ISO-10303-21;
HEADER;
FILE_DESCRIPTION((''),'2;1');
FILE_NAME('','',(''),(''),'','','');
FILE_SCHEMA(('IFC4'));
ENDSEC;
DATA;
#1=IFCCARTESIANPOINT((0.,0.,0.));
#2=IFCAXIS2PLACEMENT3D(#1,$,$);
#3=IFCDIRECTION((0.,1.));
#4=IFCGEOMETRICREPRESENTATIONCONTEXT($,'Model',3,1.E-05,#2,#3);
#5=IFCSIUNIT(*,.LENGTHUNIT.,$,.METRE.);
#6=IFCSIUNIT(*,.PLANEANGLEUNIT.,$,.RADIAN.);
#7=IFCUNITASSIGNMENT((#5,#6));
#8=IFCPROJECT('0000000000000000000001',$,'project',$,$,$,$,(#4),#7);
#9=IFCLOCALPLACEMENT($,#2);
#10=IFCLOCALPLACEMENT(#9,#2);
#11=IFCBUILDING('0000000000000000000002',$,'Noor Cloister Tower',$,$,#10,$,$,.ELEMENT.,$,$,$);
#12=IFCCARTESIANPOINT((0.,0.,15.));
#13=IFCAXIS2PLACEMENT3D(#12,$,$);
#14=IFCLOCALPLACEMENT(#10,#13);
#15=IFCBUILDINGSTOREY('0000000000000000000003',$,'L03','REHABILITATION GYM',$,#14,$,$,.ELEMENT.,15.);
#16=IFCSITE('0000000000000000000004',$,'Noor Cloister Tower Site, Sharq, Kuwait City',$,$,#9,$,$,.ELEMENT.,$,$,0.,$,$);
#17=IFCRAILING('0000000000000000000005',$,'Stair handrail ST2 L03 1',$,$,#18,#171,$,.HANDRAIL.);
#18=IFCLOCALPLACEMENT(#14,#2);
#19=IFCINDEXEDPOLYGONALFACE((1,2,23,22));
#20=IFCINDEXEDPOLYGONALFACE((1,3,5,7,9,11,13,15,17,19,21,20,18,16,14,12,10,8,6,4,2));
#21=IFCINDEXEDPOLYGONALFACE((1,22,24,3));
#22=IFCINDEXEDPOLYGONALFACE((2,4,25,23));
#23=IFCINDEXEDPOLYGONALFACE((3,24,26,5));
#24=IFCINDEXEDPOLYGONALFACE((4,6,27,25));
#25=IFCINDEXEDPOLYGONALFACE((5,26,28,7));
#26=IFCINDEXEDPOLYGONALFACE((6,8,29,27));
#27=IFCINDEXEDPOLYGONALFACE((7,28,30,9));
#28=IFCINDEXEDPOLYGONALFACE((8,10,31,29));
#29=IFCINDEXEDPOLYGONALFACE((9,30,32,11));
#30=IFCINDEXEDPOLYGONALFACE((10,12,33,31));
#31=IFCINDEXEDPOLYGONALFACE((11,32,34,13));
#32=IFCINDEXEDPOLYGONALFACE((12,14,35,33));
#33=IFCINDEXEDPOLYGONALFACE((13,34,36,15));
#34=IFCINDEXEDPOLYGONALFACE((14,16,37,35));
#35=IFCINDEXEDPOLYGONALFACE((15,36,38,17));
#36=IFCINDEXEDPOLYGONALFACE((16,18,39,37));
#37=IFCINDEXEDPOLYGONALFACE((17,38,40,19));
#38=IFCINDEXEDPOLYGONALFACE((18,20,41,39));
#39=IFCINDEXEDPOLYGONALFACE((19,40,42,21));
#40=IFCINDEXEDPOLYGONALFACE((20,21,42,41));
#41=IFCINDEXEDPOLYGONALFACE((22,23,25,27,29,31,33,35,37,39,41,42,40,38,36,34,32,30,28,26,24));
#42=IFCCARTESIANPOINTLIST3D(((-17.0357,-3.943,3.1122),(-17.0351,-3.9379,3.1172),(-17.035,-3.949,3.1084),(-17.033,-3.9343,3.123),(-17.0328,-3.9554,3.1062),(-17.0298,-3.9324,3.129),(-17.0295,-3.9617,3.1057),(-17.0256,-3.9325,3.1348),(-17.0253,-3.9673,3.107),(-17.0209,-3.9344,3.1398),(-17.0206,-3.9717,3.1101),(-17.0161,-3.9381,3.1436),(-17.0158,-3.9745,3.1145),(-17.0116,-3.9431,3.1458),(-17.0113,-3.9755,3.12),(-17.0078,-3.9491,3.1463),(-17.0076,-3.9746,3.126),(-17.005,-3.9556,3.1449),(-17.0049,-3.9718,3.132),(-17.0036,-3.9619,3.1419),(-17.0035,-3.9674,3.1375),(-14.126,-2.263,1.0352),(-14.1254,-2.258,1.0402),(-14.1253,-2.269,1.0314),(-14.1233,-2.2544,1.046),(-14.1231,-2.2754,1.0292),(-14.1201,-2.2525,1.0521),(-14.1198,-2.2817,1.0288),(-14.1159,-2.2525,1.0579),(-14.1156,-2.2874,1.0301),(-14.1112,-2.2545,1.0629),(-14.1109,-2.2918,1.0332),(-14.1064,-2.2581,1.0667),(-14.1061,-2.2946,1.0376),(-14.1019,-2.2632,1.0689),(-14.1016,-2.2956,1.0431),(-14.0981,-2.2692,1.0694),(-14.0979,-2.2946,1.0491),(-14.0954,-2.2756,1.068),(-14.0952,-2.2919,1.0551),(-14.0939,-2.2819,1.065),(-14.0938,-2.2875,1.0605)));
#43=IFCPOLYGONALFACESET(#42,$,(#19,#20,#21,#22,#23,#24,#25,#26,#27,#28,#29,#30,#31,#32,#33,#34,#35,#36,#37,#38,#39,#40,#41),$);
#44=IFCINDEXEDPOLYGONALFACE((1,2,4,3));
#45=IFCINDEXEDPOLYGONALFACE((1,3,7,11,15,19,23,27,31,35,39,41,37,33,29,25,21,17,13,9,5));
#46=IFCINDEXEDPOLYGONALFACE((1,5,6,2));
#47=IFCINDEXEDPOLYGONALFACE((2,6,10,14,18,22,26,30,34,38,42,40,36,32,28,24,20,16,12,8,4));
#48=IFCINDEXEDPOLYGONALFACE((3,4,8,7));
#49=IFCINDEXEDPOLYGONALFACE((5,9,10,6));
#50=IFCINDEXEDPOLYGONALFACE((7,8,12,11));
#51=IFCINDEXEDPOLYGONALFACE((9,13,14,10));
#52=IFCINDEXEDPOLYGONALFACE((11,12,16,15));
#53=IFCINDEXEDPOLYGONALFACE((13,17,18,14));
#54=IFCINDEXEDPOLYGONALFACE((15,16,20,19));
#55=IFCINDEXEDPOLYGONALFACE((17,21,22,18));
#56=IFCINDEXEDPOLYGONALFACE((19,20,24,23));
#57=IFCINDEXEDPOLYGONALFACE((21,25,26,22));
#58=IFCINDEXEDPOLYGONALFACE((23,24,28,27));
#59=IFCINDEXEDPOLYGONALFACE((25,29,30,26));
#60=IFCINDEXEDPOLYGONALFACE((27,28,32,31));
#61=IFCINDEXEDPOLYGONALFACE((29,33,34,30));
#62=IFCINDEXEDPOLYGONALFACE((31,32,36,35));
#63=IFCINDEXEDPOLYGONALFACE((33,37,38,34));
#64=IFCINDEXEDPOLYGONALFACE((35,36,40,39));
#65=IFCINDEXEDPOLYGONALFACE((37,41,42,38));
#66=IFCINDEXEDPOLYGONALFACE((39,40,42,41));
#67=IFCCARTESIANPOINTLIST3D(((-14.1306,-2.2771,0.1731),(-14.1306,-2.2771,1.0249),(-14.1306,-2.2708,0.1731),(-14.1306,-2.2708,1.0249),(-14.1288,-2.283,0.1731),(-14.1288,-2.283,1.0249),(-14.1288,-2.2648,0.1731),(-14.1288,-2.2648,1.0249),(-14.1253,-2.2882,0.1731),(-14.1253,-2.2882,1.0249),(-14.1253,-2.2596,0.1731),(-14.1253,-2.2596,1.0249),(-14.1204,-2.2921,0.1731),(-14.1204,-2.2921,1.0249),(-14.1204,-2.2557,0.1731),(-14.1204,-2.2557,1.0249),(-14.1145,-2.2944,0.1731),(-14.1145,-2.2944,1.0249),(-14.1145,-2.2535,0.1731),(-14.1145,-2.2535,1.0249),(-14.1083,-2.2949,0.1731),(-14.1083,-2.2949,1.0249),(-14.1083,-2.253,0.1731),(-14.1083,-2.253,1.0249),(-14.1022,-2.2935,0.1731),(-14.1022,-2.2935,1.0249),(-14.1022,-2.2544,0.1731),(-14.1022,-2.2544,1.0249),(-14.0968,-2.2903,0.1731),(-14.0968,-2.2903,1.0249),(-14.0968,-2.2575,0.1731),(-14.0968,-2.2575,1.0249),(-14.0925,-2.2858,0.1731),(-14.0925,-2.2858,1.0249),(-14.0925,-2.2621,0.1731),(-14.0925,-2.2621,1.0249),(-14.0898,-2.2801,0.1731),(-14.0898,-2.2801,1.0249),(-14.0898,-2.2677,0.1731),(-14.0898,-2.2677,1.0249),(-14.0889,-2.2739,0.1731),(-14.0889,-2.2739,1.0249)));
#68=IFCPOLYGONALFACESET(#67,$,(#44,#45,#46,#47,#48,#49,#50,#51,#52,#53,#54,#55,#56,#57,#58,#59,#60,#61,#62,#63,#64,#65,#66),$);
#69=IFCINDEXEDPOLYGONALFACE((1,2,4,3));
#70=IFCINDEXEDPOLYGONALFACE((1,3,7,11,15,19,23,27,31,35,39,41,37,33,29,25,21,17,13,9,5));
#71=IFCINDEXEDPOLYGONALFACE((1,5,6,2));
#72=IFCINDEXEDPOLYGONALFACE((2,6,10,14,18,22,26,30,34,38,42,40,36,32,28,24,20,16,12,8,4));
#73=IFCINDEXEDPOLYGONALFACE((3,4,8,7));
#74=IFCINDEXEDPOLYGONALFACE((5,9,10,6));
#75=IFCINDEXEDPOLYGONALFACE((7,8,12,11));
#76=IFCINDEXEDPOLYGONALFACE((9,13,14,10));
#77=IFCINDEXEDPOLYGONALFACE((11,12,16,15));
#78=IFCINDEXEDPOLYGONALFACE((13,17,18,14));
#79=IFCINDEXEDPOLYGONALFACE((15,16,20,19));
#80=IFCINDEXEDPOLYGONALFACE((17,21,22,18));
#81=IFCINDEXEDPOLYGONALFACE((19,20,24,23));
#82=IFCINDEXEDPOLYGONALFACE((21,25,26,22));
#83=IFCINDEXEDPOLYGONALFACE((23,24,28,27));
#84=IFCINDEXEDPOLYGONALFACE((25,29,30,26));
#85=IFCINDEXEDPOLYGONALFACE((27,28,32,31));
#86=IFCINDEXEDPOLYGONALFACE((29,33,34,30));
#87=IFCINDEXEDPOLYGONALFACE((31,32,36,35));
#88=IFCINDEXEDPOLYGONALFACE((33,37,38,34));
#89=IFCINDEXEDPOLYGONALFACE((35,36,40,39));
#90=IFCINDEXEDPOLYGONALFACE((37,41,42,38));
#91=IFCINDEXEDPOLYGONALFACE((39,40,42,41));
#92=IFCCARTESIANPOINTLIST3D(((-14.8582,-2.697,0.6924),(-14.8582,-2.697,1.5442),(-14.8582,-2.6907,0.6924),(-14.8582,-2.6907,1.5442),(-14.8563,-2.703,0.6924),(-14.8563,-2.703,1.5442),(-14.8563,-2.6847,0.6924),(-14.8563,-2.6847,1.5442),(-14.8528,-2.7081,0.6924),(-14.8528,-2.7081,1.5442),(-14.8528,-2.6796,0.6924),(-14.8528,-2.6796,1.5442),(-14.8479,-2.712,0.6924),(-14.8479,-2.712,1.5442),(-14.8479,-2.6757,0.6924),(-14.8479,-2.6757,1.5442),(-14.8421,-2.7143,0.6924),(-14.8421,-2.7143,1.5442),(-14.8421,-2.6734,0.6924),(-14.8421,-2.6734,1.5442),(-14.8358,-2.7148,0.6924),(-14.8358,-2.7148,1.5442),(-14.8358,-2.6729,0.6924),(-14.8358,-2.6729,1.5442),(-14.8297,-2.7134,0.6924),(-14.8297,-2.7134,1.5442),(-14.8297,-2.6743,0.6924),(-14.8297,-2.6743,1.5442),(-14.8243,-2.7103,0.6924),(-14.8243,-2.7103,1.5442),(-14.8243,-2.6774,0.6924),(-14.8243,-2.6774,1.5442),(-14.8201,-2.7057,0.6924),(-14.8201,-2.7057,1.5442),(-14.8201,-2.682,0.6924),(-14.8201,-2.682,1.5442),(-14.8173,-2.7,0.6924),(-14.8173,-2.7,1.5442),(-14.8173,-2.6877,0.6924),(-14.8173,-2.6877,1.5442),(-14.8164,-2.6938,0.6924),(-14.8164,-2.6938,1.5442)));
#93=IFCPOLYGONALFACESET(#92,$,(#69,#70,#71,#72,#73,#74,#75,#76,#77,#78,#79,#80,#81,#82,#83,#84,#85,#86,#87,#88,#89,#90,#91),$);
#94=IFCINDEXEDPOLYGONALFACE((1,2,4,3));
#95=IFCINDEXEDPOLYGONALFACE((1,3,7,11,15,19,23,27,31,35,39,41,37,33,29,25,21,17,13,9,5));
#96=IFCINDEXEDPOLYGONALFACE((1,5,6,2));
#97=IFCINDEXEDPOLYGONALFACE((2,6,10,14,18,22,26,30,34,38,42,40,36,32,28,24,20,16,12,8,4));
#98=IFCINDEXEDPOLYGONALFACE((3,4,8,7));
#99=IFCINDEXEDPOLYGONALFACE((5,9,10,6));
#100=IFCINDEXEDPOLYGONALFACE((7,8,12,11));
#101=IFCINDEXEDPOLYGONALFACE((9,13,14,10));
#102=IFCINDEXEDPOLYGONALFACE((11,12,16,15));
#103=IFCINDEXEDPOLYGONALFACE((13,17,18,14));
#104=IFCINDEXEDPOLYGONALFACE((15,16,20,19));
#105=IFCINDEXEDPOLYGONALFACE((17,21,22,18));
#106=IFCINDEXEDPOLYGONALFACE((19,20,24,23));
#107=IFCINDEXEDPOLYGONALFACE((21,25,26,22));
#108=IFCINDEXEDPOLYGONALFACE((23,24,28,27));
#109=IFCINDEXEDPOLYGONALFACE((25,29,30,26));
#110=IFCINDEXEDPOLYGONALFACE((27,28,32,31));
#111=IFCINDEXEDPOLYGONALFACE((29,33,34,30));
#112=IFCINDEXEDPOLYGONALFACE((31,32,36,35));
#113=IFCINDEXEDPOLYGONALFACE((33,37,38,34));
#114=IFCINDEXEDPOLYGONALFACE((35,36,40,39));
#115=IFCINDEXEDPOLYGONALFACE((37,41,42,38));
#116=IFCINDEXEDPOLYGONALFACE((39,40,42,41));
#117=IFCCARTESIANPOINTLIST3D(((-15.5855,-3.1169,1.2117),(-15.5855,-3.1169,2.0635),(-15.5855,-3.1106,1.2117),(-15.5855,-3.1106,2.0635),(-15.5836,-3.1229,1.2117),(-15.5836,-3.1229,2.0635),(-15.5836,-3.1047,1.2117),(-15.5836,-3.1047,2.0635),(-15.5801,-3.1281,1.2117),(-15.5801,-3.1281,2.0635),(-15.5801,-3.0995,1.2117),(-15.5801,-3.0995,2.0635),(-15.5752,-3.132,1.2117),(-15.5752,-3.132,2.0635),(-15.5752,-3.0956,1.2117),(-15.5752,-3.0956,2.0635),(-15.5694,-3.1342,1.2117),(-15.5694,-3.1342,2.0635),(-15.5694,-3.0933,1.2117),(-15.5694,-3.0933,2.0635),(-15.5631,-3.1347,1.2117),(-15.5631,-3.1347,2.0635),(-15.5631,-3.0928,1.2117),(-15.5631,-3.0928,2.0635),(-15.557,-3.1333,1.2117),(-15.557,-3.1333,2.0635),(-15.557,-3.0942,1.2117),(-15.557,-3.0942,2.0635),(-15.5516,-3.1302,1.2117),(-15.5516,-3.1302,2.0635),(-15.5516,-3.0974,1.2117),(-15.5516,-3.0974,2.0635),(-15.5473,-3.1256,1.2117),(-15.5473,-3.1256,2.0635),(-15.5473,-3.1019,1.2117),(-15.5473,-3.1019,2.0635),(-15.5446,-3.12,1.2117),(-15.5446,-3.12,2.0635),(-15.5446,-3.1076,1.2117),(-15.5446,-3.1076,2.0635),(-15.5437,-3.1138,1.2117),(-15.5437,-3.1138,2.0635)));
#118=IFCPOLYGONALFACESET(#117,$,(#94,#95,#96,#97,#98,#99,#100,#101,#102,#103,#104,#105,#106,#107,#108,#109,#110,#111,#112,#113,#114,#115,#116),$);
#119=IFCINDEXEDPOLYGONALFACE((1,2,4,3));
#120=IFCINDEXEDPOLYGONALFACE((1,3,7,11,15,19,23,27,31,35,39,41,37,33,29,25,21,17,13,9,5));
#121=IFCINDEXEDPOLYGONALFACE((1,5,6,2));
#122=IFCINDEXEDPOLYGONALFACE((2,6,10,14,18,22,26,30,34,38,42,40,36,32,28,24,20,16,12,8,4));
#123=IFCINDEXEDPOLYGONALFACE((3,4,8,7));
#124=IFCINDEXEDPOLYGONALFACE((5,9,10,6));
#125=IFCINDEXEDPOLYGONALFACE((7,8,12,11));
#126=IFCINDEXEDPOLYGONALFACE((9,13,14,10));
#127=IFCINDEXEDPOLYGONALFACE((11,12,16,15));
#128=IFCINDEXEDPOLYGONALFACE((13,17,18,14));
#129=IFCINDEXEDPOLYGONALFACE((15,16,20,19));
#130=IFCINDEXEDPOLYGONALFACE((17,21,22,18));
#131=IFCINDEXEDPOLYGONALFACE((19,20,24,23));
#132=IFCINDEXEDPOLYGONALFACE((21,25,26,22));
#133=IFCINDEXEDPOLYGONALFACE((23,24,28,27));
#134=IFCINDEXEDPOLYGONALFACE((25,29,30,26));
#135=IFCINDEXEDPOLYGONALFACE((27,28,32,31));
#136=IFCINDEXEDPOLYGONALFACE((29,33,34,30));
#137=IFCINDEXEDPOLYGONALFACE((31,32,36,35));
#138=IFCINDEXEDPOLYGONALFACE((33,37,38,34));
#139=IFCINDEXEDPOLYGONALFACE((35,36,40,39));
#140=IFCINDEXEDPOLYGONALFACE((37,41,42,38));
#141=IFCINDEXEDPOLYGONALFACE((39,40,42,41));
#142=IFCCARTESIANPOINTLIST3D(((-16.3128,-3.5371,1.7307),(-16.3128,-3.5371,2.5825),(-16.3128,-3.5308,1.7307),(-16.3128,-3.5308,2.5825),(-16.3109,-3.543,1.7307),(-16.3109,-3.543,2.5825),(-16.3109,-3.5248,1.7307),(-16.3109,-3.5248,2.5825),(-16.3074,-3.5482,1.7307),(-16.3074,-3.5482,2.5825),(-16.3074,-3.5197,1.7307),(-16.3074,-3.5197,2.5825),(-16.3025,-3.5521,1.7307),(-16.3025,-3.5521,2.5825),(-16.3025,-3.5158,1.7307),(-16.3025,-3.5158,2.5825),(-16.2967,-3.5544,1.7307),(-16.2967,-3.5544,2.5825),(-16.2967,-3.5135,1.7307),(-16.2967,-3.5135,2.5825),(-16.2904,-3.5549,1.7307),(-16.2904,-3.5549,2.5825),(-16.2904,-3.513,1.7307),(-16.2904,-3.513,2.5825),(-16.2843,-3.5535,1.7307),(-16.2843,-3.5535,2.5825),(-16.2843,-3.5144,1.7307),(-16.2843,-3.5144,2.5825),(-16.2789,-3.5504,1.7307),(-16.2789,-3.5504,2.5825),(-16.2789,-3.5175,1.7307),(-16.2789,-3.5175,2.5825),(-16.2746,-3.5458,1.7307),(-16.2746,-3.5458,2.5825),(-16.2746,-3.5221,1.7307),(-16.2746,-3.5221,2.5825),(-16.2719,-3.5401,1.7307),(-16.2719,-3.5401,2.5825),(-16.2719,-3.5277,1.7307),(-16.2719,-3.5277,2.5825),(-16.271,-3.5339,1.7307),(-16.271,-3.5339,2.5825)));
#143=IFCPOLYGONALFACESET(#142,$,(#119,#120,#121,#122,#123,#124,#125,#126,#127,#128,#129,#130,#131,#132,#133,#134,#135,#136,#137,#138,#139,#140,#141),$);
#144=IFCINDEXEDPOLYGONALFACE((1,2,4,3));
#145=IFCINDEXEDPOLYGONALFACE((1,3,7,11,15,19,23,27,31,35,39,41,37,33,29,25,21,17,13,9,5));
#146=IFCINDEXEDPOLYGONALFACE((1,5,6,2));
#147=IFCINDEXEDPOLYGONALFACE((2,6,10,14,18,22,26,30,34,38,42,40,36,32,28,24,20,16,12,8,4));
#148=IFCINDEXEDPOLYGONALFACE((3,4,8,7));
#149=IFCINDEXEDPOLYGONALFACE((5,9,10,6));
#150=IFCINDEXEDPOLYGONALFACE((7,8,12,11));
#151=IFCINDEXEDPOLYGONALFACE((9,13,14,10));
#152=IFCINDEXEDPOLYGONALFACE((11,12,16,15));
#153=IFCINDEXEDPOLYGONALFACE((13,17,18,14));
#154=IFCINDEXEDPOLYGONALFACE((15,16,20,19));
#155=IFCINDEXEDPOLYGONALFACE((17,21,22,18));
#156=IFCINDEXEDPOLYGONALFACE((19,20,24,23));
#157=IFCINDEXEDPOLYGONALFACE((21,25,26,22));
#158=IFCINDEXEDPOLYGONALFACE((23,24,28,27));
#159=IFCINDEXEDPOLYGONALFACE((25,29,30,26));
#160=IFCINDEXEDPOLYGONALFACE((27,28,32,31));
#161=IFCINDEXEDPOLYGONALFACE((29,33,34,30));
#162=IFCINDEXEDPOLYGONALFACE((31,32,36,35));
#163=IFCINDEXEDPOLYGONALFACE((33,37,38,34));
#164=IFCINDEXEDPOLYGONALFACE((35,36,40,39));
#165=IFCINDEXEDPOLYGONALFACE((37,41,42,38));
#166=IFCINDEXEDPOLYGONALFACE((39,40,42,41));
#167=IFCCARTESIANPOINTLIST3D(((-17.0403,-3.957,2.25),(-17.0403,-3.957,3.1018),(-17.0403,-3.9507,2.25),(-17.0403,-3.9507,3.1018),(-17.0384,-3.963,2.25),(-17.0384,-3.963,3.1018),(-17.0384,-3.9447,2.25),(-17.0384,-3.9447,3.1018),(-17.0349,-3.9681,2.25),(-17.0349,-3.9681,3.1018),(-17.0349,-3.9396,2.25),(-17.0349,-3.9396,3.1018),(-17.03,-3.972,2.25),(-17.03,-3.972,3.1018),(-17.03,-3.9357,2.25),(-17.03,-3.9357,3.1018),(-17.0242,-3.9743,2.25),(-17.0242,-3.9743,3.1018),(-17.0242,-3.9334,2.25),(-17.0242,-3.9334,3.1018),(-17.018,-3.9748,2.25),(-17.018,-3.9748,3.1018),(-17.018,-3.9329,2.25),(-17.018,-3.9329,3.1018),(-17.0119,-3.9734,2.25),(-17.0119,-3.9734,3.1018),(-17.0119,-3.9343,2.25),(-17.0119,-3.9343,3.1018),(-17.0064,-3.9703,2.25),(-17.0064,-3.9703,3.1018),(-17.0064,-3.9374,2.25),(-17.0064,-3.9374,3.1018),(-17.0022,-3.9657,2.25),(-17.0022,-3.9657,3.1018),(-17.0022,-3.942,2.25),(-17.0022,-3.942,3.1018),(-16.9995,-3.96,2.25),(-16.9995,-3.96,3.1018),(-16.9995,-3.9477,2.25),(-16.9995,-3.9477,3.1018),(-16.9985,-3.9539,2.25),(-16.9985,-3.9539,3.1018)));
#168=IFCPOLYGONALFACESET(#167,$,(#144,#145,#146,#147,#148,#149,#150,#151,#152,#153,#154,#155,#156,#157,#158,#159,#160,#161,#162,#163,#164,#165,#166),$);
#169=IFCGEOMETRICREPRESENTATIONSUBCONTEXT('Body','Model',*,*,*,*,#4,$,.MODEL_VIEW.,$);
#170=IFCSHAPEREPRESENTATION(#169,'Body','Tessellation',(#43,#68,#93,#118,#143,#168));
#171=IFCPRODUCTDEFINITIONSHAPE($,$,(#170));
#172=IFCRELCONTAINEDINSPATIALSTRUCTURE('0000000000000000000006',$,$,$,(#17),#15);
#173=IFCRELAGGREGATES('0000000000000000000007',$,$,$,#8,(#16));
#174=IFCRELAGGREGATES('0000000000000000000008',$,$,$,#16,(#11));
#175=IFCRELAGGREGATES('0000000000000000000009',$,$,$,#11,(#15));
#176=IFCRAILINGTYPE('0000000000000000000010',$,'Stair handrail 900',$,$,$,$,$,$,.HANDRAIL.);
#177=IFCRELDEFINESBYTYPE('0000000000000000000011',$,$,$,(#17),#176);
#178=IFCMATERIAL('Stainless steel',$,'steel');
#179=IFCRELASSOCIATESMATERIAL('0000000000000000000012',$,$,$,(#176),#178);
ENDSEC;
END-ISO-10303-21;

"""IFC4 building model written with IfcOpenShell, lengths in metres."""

from ifc_helpers import new_model, si_unit, direction, frame, origin, origin_2d, place, context, subcontext, project, spatial, circle, extrude, material, type_object, element, save


model = new_model("IFC4")

# Units and contexts
model_context = context("Model", 3, precision=1e-05, world=origin(), true_north=direction((0.0, 1.0)))
body_context = subcontext(model_context, "Body", "Model", "MODEL_VIEW")
ifc_project = project(units=[si_unit("LENGTHUNIT", "METRE"), si_unit("PLANEANGLEUNIT", "RADIAN")], contexts=[model_context])

# Site, building, storey
site_placement = place(None, origin())
site = spatial("IfcSite", under=ifc_project, at=site_placement, Name="Noor Cloister Tower Site, Sharq, Kuwait City", CompositionType="ELEMENT", RefElevation=0.0)
building_placement = place(site_placement, origin())
building = spatial("IfcBuilding", under=site, at=building_placement, Name="Noor Cloister Tower", CompositionType="ELEMENT")
storey_placement = place(building_placement, frame((0.0, 0.0, 15.0)))
storey = spatial("IfcBuildingStorey", under=building, at=storey_placement, Name="L03", Description="REHABILITATION GYM", CompositionType="ELEMENT", Elevation=15.0)

# Railing
ifc_material_1 = material(Name="Stainless steel", Category="steel")
railing_type = type_object("IfcRailingType", Name="Stair handrail 900", PredefinedType="HANDRAIL", material=ifc_material_1)
railing_placement = place(storey_placement, frame((-14.1099, -2.2739, 0.1731)))
element("IfcRailing", 1, at=railing_placement, inside=storey, type_object=railing_type, Name="Stair handrail ST2 L03 1", PredefinedType="HANDRAIL", context=body_context, shape_type="SweptSolid", body=[
    extrude(circle(Radius=0.0239, at=origin_2d()), frame((0.0, 0.0, 0.876), z_axis=(-0.73664, -0.425308, 0.525809), x_axis=(0.500008, -0.866021, 0.0)), (0.0, 0.0, 1.0), 3.95),
    extrude(circle(Radius=0.021, at=origin_2d()), origin(), (0.0, 0.0, 1.0), 0.8518),
    extrude(circle(Radius=0.021, at=origin_2d()), frame((-0.7275, -0.4199, 0.5193)), (0.0, 0.0, 1.0), 0.8518),
    extrude(circle(Radius=0.021, at=origin_2d()), frame((-1.4548, -0.8398, 1.0386)), (0.0, 0.0, 1.0), 0.8518),
    extrude(circle(Radius=0.021, at=origin_2d()), frame((-2.1821, -1.26, 1.5576)), (0.0, 0.0, 1.0), 0.8518),
    extrude(circle(Radius=0.021, at=origin_2d()), frame((-2.9097, -1.6799, 2.0769)), (0.0, 0.0, 1.0), 0.8518),
])

save(model, "model.ifc")
